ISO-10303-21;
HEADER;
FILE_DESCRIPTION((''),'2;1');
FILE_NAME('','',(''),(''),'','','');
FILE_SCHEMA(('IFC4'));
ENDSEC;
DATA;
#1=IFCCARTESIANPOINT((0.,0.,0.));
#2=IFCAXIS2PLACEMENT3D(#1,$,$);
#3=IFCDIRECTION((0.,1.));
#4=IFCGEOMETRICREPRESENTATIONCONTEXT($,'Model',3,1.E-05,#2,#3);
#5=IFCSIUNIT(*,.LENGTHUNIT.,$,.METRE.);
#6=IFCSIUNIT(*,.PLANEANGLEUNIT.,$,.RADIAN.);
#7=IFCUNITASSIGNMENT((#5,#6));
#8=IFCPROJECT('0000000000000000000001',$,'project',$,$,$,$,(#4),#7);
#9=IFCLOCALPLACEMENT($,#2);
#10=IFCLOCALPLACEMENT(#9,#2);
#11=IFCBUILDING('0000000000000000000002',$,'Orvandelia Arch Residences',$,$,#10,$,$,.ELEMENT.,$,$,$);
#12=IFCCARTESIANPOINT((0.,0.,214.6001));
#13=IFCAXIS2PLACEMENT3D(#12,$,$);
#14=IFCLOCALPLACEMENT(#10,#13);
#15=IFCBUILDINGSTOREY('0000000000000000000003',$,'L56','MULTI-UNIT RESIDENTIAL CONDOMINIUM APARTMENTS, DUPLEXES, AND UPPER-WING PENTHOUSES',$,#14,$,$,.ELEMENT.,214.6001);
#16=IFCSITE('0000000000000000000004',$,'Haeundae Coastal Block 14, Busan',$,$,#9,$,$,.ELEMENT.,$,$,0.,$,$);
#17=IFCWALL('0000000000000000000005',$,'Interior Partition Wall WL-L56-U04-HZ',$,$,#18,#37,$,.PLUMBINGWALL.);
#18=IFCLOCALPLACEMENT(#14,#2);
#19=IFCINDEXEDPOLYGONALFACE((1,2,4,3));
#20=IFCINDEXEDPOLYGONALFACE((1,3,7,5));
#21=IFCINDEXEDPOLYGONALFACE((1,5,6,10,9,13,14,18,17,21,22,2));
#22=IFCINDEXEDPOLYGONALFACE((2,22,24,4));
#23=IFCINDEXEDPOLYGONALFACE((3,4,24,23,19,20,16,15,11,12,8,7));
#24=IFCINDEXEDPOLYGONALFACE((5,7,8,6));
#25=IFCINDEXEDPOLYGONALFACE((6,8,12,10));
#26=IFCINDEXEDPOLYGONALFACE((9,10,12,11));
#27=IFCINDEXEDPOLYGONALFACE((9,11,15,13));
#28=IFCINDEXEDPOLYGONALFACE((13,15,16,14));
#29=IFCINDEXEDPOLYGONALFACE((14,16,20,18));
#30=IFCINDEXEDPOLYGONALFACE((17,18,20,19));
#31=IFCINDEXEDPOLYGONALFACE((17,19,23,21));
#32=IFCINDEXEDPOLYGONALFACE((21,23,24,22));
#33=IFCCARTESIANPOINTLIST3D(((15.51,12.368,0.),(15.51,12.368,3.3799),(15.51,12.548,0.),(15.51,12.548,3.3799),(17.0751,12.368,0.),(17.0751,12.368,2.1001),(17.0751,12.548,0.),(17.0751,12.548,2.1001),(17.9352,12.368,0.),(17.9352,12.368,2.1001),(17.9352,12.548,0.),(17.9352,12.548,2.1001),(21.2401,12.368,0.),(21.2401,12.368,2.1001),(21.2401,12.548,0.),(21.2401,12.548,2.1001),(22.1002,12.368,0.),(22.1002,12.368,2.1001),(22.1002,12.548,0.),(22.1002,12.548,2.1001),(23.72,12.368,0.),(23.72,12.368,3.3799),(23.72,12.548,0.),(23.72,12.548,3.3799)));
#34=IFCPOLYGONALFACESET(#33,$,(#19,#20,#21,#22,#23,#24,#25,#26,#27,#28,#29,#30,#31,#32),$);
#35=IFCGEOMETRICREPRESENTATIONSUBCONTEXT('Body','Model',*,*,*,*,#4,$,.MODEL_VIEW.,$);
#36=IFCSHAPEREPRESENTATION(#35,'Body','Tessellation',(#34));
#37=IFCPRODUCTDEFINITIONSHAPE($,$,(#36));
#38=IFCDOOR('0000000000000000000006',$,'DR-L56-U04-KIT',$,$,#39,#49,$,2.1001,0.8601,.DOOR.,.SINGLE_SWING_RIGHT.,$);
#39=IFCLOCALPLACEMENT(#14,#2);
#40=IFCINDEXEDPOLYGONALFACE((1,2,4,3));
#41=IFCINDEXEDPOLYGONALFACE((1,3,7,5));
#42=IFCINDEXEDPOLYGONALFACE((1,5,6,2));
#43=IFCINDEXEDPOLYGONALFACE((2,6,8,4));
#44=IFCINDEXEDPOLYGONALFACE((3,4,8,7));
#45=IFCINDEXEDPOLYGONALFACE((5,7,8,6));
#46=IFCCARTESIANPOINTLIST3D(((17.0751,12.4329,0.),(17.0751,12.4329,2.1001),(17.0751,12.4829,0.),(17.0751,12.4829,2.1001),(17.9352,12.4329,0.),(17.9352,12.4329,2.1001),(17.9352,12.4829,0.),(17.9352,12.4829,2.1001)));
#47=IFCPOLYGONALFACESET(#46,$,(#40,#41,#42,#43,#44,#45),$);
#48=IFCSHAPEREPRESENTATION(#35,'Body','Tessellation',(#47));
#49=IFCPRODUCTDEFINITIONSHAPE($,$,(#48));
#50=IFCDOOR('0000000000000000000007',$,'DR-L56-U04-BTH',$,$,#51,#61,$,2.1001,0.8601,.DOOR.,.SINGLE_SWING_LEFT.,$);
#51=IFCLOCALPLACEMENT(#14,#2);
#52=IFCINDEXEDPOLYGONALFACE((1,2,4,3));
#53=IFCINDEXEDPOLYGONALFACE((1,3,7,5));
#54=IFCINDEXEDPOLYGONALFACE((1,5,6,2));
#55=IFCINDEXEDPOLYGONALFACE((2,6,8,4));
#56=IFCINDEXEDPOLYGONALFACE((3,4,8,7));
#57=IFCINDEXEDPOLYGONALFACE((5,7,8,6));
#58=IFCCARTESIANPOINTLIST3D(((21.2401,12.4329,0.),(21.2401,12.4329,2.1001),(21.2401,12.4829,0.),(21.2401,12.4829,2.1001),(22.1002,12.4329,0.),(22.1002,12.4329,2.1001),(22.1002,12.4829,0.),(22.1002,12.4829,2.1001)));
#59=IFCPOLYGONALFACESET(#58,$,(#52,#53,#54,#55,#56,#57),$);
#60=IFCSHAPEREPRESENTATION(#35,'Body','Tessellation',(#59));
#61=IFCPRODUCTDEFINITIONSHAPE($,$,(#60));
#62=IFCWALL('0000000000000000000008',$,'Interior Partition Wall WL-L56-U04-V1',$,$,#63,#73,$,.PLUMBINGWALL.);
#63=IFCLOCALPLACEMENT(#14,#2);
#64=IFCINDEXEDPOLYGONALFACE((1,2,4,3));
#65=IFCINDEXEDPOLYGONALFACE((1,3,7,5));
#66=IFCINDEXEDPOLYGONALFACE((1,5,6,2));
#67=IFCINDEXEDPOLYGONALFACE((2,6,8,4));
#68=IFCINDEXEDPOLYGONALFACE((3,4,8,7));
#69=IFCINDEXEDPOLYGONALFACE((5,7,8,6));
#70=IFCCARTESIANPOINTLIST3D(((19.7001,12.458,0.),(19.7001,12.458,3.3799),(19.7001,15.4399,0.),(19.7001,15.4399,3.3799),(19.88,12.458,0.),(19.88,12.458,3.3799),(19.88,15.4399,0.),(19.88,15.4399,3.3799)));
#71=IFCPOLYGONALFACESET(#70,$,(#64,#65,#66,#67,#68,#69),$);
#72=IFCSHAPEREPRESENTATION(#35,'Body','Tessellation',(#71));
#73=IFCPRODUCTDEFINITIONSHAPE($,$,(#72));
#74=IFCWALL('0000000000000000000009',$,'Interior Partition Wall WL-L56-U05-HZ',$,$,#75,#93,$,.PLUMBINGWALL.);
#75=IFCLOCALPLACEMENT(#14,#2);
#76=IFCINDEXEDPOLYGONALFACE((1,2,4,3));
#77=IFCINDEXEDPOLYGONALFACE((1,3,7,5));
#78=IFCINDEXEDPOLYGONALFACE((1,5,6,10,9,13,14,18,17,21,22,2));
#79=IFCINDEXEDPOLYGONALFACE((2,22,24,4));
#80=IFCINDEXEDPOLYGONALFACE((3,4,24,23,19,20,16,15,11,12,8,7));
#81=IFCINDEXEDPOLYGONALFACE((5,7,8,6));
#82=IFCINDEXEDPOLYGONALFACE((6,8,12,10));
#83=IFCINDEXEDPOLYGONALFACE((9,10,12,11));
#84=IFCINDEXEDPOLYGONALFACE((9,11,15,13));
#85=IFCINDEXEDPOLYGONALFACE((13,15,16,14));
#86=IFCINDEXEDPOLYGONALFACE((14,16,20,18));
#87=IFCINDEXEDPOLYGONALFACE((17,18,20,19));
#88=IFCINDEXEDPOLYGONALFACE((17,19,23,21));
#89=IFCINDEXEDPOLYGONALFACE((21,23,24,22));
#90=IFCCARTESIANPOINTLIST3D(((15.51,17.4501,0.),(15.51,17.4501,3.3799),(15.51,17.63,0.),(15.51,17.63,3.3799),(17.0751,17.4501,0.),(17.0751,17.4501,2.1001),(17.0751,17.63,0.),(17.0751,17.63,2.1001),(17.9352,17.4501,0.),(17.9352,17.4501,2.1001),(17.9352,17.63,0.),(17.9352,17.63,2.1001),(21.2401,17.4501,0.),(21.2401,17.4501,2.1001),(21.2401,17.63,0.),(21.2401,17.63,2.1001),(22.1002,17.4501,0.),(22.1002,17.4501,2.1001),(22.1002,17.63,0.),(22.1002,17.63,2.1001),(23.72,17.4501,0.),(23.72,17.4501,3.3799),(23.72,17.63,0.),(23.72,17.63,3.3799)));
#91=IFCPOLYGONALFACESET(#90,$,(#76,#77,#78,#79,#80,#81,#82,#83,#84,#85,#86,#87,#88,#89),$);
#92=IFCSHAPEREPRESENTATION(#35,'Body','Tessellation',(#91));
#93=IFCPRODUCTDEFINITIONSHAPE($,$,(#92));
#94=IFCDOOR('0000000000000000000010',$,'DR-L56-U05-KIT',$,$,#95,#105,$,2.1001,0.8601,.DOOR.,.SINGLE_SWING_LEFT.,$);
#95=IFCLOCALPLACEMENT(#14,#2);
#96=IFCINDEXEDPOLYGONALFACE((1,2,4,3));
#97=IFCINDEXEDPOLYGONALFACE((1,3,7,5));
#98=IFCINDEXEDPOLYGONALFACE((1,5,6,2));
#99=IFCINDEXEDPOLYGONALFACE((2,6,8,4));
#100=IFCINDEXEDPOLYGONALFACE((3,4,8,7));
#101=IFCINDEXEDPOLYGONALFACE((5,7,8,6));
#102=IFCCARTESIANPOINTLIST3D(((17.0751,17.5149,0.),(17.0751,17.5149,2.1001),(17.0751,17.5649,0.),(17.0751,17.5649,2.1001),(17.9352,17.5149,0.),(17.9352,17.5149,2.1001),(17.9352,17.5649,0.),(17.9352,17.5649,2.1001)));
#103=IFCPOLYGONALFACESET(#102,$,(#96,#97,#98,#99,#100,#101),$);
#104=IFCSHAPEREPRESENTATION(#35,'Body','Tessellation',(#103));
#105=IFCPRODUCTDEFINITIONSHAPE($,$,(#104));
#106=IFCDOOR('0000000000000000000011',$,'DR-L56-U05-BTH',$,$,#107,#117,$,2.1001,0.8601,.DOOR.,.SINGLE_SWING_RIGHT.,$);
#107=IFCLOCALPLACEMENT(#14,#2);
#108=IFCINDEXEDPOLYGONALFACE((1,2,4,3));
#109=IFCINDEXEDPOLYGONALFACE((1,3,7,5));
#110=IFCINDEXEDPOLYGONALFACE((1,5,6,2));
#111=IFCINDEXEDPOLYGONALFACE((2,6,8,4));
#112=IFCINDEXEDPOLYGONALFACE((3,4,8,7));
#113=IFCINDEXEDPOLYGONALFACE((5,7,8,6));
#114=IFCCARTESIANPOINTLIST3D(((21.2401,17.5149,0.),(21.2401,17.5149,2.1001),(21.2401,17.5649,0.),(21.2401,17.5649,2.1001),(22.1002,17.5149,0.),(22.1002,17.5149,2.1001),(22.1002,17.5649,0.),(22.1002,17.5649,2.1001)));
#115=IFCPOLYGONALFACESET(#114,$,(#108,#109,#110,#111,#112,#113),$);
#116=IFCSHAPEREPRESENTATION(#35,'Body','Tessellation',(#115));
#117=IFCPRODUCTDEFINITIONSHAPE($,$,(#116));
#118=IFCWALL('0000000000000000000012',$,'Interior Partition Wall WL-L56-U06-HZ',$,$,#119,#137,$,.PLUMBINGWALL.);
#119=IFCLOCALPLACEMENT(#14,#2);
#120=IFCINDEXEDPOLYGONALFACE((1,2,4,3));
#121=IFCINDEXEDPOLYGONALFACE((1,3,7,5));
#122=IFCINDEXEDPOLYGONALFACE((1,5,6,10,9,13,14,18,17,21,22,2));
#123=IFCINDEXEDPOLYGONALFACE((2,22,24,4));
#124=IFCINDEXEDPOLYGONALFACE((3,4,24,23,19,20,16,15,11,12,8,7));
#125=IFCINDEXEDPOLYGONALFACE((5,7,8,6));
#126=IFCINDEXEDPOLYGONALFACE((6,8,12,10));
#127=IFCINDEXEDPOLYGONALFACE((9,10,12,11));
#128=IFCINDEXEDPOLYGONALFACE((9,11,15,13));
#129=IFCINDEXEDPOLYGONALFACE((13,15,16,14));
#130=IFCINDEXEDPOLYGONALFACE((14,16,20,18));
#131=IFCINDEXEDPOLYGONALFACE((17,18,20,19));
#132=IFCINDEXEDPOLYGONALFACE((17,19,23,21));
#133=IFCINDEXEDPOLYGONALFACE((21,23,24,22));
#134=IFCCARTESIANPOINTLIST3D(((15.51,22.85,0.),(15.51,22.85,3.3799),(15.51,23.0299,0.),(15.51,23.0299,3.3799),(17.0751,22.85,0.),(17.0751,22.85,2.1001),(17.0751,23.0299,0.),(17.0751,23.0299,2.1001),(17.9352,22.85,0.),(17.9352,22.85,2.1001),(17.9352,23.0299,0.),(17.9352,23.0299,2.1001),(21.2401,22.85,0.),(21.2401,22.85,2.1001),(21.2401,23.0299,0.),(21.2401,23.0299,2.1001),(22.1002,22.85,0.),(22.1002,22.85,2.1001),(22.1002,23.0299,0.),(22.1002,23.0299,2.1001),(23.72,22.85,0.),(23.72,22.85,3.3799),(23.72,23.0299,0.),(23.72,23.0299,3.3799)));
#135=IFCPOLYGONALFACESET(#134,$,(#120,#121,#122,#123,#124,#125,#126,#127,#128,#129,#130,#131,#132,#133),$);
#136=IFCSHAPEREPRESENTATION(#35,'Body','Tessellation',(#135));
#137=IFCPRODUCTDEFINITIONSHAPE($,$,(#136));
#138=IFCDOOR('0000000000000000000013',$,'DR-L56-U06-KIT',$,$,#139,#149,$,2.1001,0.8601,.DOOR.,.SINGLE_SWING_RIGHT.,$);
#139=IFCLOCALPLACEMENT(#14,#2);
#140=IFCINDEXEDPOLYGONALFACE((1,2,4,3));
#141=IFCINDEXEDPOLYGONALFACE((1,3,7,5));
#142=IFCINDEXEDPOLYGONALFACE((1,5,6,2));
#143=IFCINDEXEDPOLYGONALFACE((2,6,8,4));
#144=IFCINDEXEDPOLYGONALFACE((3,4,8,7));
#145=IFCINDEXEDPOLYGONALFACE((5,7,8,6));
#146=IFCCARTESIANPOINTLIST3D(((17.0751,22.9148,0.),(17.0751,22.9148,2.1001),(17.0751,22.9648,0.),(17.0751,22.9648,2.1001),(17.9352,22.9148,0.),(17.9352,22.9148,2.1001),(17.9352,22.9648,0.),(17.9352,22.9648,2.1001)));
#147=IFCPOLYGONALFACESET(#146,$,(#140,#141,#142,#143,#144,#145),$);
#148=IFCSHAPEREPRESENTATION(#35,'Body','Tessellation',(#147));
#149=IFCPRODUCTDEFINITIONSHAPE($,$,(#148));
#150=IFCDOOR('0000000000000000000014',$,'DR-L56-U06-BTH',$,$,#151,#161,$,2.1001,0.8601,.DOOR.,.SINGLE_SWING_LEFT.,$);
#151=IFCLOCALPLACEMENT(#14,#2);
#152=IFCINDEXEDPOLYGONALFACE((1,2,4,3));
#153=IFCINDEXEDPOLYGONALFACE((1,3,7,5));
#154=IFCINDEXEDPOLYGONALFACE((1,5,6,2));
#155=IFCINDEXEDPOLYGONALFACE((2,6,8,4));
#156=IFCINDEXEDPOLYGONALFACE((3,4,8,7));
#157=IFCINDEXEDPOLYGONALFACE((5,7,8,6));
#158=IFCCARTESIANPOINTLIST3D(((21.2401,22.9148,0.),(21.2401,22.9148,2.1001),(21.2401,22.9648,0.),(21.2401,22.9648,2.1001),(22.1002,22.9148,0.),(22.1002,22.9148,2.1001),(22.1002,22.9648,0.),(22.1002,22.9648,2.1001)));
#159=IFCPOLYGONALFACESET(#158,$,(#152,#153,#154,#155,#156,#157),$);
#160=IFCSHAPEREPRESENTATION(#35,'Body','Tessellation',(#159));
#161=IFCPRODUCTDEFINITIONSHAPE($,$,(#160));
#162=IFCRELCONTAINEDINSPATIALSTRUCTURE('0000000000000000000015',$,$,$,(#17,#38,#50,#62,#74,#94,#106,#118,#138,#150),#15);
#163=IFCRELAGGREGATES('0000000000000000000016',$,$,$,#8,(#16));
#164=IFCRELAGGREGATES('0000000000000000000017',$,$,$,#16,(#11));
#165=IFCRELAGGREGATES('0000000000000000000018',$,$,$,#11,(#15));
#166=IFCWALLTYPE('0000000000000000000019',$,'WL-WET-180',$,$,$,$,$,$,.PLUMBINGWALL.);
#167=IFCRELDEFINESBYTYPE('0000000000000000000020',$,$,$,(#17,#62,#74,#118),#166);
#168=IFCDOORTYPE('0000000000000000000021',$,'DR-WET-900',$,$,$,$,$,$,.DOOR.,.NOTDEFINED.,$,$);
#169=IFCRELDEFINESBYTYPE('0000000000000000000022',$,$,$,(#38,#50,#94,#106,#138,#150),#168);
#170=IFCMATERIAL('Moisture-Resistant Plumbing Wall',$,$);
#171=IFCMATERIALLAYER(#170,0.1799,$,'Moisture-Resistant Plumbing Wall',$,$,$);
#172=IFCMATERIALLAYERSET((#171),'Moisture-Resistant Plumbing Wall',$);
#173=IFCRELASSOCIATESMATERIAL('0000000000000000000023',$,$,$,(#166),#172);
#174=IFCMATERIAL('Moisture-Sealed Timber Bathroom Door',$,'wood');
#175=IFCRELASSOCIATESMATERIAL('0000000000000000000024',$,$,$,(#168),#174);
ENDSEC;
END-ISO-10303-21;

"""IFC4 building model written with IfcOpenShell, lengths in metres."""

from ifc_helpers import new_model, si_unit, direction, frame, frame_2d, origin, place, context, subcontext, project, spatial, rectangle, extrude, material, layer, layer_set, type_object, element, fill, save


model = new_model("IFC4")

# Units and contexts
model_context = context("Model", 3, precision=1e-05, world=origin(), true_north=direction((0.0, 1.0)))
body_context = subcontext(model_context, "Body", "Model", "MODEL_VIEW")
ifc_project = project(units=[si_unit("LENGTHUNIT", "METRE"), si_unit("PLANEANGLEUNIT", "RADIAN")], contexts=[model_context])

# Site, building, storey
site_placement = place(None, origin())
site = spatial("IfcSite", under=ifc_project, at=site_placement, Name="Haeundae Coastal Block 14, Busan", CompositionType="ELEMENT", RefElevation=0.0)
building_placement = place(site_placement, origin())
building = spatial("IfcBuilding", under=site, at=building_placement, Name="Orvandelia Arch Residences", CompositionType="ELEMENT")
storey_placement = place(building_placement, frame((0.0, 0.0, 214.6001)))
storey = spatial("IfcBuildingStorey", under=building, at=storey_placement, Name="L56", Description="MULTI-UNIT RESIDENTIAL CONDOMINIUM APARTMENTS, DUPLEXES, AND UPPER-WING PENTHOUSES", CompositionType="ELEMENT", Elevation=214.6001)

# Wall, openings, doors
ifc_material_1 = material(Name="Moisture-Resistant Plumbing Wall")
ifc_layer_1 = layer(ifc_material_1, 0.1799, Name="Moisture-Resistant Plumbing Wall")
ifc_layer_set_1 = layer_set([ifc_layer_1], Name="Moisture-Resistant Plumbing Wall")
wall_type_1 = type_object("IfcWallType", Name="WL-WET-180", PredefinedType="PLUMBINGWALL", material=ifc_layer_set_1)
wall_1_placement = place(storey_placement, frame((15.51, 12.458, 0.0), z_axis=(0.0, 0.0, 1.0), x_axis=(1.0, 0.0, 0.0)))
wall_1 = element("IfcWall", 1, at=wall_1_placement, inside=storey, type_object=wall_type_1, Name="Interior Partition Wall WL-L56-U04-HZ", PredefinedType="PLUMBINGWALL", context=body_context, shape_type="SweptSolid", body=[
    extrude(rectangle(XDim=8.21, YDim=0.1799, at=frame_2d((4.105, 0.0))), origin(), (0.0, 0.0, 1.0), 3.3799),
])
opening_1_placement = place(wall_1_placement, frame((1.5649, 0.0, 0.0)))
opening_1 = element("IfcOpeningElement", 2, at=opening_1_placement, cuts=wall_1, PredefinedType="OPENING", context=body_context, shape_type="SweptSolid", body=[
    extrude(rectangle(XDim=0.8601, YDim=2.1001, at=frame_2d((0.4302, 1.05))), frame((0.0, 0.1001, 0.0), z_axis=(0.0, -1.0, 0.0), x_axis=(1.0, 0.0, 0.0)), (0.0, 0.0, 1.0), 0.2),
])
opening_2_placement = place(wall_1_placement, frame((5.73, 0.0, 0.0)))
opening_2 = element("IfcOpeningElement", 3, at=opening_2_placement, cuts=wall_1, PredefinedType="OPENING", context=body_context, shape_type="SweptSolid", body=[
    extrude(rectangle(XDim=0.8601, YDim=2.1001, at=frame_2d((0.4302, 1.05))), frame((0.0, 0.1001, 0.0), z_axis=(0.0, -1.0, 0.0), x_axis=(1.0, 0.0, 0.0)), (0.0, 0.0, 1.0), 0.2),
])
ifc_material_2 = material(Name="Moisture-Sealed Timber Bathroom Door", Category="wood")
door_type_1 = type_object("IfcDoorType", Name="DR-WET-900", OperationType="NOTDEFINED", PredefinedType="DOOR", material=ifc_material_2)
door_1_placement = place(opening_1_placement, origin())
door_1 = element("IfcDoor", 4, at=door_1_placement, inside=storey, type_object=door_type_1, Name="DR-L56-U04-KIT", OperationType="SINGLE_SWING_RIGHT", OverallHeight=2.1001, OverallWidth=0.8601, PredefinedType="DOOR", context=body_context, shape_type="SweptSolid", body=[
    extrude(rectangle(XDim=0.8601, YDim=2.1001, at=frame_2d((0.4302, 1.05))), frame((0.0, 0.0249, 0.0), z_axis=(0.0, -1.0, 0.0), x_axis=(1.0, 0.0, 0.0)), (0.0, 0.0, 1.0), 0.05),
])
fill(opening_1, door_1)
door_2_placement = place(opening_2_placement, origin())
door_2 = element("IfcDoor", 5, at=door_2_placement, inside=storey, type_object=door_type_1, Name="DR-L56-U04-BTH", OperationType="SINGLE_SWING_LEFT", OverallHeight=2.1001, OverallWidth=0.8601, PredefinedType="DOOR", context=body_context, shape_type="SweptSolid", body=[
    extrude(rectangle(XDim=0.8601, YDim=2.1001, at=frame_2d((0.4302, 1.05))), frame((0.0, 0.0249, 0.0), z_axis=(0.0, -1.0, 0.0), x_axis=(1.0, 0.0, 0.0)), (0.0, 0.0, 1.0), 0.05),
])
fill(opening_2, door_2)

# Wall
wall_2_placement = place(storey_placement, frame((19.79, 12.458, 0.0), z_axis=(0.0, 0.0, 1.0), x_axis=(0.0, 1.0, 0.0)))
element("IfcWall", 6, at=wall_2_placement, inside=storey, type_object=wall_type_1, Name="Interior Partition Wall WL-L56-U04-V1", PredefinedType="PLUMBINGWALL", context=body_context, shape_type="SweptSolid", body=[
    extrude(rectangle(XDim=2.9819, YDim=0.1799, at=frame_2d((1.491, 0.0))), origin(), (0.0, 0.0, 1.0), 3.3799),
])

# Walls, openings, doors
wall_3_placement = place(storey_placement, frame((15.51, 17.54, 0.0), z_axis=(0.0, 0.0, 1.0), x_axis=(1.0, 0.0, 0.0)))
wall_3 = element("IfcWall", 7, at=wall_3_placement, inside=storey, type_object=wall_type_1, Name="Interior Partition Wall WL-L56-U05-HZ", PredefinedType="PLUMBINGWALL", context=body_context, shape_type="SweptSolid", body=[
    extrude(rectangle(XDim=8.21, YDim=0.1799, at=frame_2d((4.105, 0.0))), origin(), (0.0, 0.0, 1.0), 3.3799),
])
opening_3_placement = place(wall_3_placement, frame((1.5649, 0.0, 0.0)))
opening_3 = element("IfcOpeningElement", 8, at=opening_3_placement, cuts=wall_3, PredefinedType="OPENING", context=body_context, shape_type="SweptSolid", body=[
    extrude(rectangle(XDim=0.8601, YDim=2.1001, at=frame_2d((0.4302, 1.05))), frame((0.0, 0.1001, 0.0), z_axis=(0.0, -1.0, 0.0), x_axis=(1.0, 0.0, 0.0)), (0.0, 0.0, 1.0), 0.2),
])
opening_4_placement = place(wall_3_placement, frame((5.73, 0.0, 0.0)))
opening_4 = element("IfcOpeningElement", 9, at=opening_4_placement, cuts=wall_3, PredefinedType="OPENING", context=body_context, shape_type="SweptSolid", body=[
    extrude(rectangle(XDim=0.8601, YDim=2.1001, at=frame_2d((0.4302, 1.05))), frame((0.0, 0.1001, 0.0), z_axis=(0.0, -1.0, 0.0), x_axis=(1.0, 0.0, 0.0)), (0.0, 0.0, 1.0), 0.2),
])
door_3_placement = place(opening_3_placement, origin())
door_3 = element("IfcDoor", 10, at=door_3_placement, inside=storey, type_object=door_type_1, Name="DR-L56-U05-KIT", OperationType="SINGLE_SWING_LEFT", OverallHeight=2.1001, OverallWidth=0.8601, PredefinedType="DOOR", context=body_context, shape_type="SweptSolid", body=[
    extrude(rectangle(XDim=0.8601, YDim=2.1001, at=frame_2d((0.4302, 1.05))), frame((0.0, 0.0249, 0.0), z_axis=(0.0, -1.0, 0.0), x_axis=(1.0, 0.0, 0.0)), (0.0, 0.0, 1.0), 0.05),
])
fill(opening_3, door_3)
door_4_placement = place(opening_4_placement, origin())
door_4 = element("IfcDoor", 11, at=door_4_placement, inside=storey, type_object=door_type_1, Name="DR-L56-U05-BTH", OperationType="SINGLE_SWING_RIGHT", OverallHeight=2.1001, OverallWidth=0.8601, PredefinedType="DOOR", context=body_context, shape_type="SweptSolid", body=[
    extrude(rectangle(XDim=0.8601, YDim=2.1001, at=frame_2d((0.4302, 1.05))), frame((0.0, 0.0249, 0.0), z_axis=(0.0, -1.0, 0.0), x_axis=(1.0, 0.0, 0.0)), (0.0, 0.0, 1.0), 0.05),
])
fill(opening_4, door_4)
wall_4_placement = place(storey_placement, frame((15.51, 22.9399, 0.0), z_axis=(0.0, 0.0, 1.0), x_axis=(1.0, 0.0, 0.0)))
wall_4 = element("IfcWall", 12, at=wall_4_placement, inside=storey, type_object=wall_type_1, Name="Interior Partition Wall WL-L56-U06-HZ", PredefinedType="PLUMBINGWALL", context=body_context, shape_type="SweptSolid", body=[
    extrude(rectangle(XDim=8.21, YDim=0.1799, at=frame_2d((4.105, 0.0))), origin(), (0.0, 0.0, 1.0), 3.3799),
])
opening_5_placement = place(wall_4_placement, frame((1.5649, 0.0, 0.0)))
opening_5 = element("IfcOpeningElement", 13, at=opening_5_placement, cuts=wall_4, PredefinedType="OPENING", context=body_context, shape_type="SweptSolid", body=[
    extrude(rectangle(XDim=0.8601, YDim=2.1001, at=frame_2d((0.4302, 1.05))), frame((0.0, 0.1001, 0.0), z_axis=(0.0, -1.0, 0.0), x_axis=(1.0, 0.0, 0.0)), (0.0, 0.0, 1.0), 0.2),
])
opening_6_placement = place(wall_4_placement, frame((5.73, 0.0, 0.0)))
opening_6 = element("IfcOpeningElement", 14, at=opening_6_placement, cuts=wall_4, PredefinedType="OPENING", context=body_context, shape_type="SweptSolid", body=[
    extrude(rectangle(XDim=0.8601, YDim=2.1001, at=frame_2d((0.4302, 1.05))), frame((0.0, 0.1001, 0.0), z_axis=(0.0, -1.0, 0.0), x_axis=(1.0, 0.0, 0.0)), (0.0, 0.0, 1.0), 0.2),
])
door_5_placement = place(opening_5_placement, origin())
door_5 = element("IfcDoor", 15, at=door_5_placement, inside=storey, type_object=door_type_1, Name="DR-L56-U06-KIT", OperationType="SINGLE_SWING_RIGHT", OverallHeight=2.1001, OverallWidth=0.8601, PredefinedType="DOOR", context=body_context, shape_type="SweptSolid", body=[
    extrude(rectangle(XDim=0.8601, YDim=2.1001, at=frame_2d((0.4302, 1.05))), frame((0.0, 0.0249, 0.0), z_axis=(0.0, -1.0, 0.0), x_axis=(1.0, 0.0, 0.0)), (0.0, 0.0, 1.0), 0.05),
])
fill(opening_5, door_5)
door_6_placement = place(opening_6_placement, origin())
door_6 = element("IfcDoor", 16, at=door_6_placement, inside=storey, type_object=door_type_1, Name="DR-L56-U06-BTH", OperationType="SINGLE_SWING_LEFT", OverallHeight=2.1001, OverallWidth=0.8601, PredefinedType="DOOR", context=body_context, shape_type="SweptSolid", body=[
    extrude(rectangle(XDim=0.8601, YDim=2.1001, at=frame_2d((0.4302, 1.05))), frame((0.0, 0.0249, 0.0), z_axis=(0.0, -1.0, 0.0), x_axis=(1.0, 0.0, 0.0)), (0.0, 0.0, 1.0), 0.05),
])
fill(opening_6, door_6)

save(model, "model.ifc")
